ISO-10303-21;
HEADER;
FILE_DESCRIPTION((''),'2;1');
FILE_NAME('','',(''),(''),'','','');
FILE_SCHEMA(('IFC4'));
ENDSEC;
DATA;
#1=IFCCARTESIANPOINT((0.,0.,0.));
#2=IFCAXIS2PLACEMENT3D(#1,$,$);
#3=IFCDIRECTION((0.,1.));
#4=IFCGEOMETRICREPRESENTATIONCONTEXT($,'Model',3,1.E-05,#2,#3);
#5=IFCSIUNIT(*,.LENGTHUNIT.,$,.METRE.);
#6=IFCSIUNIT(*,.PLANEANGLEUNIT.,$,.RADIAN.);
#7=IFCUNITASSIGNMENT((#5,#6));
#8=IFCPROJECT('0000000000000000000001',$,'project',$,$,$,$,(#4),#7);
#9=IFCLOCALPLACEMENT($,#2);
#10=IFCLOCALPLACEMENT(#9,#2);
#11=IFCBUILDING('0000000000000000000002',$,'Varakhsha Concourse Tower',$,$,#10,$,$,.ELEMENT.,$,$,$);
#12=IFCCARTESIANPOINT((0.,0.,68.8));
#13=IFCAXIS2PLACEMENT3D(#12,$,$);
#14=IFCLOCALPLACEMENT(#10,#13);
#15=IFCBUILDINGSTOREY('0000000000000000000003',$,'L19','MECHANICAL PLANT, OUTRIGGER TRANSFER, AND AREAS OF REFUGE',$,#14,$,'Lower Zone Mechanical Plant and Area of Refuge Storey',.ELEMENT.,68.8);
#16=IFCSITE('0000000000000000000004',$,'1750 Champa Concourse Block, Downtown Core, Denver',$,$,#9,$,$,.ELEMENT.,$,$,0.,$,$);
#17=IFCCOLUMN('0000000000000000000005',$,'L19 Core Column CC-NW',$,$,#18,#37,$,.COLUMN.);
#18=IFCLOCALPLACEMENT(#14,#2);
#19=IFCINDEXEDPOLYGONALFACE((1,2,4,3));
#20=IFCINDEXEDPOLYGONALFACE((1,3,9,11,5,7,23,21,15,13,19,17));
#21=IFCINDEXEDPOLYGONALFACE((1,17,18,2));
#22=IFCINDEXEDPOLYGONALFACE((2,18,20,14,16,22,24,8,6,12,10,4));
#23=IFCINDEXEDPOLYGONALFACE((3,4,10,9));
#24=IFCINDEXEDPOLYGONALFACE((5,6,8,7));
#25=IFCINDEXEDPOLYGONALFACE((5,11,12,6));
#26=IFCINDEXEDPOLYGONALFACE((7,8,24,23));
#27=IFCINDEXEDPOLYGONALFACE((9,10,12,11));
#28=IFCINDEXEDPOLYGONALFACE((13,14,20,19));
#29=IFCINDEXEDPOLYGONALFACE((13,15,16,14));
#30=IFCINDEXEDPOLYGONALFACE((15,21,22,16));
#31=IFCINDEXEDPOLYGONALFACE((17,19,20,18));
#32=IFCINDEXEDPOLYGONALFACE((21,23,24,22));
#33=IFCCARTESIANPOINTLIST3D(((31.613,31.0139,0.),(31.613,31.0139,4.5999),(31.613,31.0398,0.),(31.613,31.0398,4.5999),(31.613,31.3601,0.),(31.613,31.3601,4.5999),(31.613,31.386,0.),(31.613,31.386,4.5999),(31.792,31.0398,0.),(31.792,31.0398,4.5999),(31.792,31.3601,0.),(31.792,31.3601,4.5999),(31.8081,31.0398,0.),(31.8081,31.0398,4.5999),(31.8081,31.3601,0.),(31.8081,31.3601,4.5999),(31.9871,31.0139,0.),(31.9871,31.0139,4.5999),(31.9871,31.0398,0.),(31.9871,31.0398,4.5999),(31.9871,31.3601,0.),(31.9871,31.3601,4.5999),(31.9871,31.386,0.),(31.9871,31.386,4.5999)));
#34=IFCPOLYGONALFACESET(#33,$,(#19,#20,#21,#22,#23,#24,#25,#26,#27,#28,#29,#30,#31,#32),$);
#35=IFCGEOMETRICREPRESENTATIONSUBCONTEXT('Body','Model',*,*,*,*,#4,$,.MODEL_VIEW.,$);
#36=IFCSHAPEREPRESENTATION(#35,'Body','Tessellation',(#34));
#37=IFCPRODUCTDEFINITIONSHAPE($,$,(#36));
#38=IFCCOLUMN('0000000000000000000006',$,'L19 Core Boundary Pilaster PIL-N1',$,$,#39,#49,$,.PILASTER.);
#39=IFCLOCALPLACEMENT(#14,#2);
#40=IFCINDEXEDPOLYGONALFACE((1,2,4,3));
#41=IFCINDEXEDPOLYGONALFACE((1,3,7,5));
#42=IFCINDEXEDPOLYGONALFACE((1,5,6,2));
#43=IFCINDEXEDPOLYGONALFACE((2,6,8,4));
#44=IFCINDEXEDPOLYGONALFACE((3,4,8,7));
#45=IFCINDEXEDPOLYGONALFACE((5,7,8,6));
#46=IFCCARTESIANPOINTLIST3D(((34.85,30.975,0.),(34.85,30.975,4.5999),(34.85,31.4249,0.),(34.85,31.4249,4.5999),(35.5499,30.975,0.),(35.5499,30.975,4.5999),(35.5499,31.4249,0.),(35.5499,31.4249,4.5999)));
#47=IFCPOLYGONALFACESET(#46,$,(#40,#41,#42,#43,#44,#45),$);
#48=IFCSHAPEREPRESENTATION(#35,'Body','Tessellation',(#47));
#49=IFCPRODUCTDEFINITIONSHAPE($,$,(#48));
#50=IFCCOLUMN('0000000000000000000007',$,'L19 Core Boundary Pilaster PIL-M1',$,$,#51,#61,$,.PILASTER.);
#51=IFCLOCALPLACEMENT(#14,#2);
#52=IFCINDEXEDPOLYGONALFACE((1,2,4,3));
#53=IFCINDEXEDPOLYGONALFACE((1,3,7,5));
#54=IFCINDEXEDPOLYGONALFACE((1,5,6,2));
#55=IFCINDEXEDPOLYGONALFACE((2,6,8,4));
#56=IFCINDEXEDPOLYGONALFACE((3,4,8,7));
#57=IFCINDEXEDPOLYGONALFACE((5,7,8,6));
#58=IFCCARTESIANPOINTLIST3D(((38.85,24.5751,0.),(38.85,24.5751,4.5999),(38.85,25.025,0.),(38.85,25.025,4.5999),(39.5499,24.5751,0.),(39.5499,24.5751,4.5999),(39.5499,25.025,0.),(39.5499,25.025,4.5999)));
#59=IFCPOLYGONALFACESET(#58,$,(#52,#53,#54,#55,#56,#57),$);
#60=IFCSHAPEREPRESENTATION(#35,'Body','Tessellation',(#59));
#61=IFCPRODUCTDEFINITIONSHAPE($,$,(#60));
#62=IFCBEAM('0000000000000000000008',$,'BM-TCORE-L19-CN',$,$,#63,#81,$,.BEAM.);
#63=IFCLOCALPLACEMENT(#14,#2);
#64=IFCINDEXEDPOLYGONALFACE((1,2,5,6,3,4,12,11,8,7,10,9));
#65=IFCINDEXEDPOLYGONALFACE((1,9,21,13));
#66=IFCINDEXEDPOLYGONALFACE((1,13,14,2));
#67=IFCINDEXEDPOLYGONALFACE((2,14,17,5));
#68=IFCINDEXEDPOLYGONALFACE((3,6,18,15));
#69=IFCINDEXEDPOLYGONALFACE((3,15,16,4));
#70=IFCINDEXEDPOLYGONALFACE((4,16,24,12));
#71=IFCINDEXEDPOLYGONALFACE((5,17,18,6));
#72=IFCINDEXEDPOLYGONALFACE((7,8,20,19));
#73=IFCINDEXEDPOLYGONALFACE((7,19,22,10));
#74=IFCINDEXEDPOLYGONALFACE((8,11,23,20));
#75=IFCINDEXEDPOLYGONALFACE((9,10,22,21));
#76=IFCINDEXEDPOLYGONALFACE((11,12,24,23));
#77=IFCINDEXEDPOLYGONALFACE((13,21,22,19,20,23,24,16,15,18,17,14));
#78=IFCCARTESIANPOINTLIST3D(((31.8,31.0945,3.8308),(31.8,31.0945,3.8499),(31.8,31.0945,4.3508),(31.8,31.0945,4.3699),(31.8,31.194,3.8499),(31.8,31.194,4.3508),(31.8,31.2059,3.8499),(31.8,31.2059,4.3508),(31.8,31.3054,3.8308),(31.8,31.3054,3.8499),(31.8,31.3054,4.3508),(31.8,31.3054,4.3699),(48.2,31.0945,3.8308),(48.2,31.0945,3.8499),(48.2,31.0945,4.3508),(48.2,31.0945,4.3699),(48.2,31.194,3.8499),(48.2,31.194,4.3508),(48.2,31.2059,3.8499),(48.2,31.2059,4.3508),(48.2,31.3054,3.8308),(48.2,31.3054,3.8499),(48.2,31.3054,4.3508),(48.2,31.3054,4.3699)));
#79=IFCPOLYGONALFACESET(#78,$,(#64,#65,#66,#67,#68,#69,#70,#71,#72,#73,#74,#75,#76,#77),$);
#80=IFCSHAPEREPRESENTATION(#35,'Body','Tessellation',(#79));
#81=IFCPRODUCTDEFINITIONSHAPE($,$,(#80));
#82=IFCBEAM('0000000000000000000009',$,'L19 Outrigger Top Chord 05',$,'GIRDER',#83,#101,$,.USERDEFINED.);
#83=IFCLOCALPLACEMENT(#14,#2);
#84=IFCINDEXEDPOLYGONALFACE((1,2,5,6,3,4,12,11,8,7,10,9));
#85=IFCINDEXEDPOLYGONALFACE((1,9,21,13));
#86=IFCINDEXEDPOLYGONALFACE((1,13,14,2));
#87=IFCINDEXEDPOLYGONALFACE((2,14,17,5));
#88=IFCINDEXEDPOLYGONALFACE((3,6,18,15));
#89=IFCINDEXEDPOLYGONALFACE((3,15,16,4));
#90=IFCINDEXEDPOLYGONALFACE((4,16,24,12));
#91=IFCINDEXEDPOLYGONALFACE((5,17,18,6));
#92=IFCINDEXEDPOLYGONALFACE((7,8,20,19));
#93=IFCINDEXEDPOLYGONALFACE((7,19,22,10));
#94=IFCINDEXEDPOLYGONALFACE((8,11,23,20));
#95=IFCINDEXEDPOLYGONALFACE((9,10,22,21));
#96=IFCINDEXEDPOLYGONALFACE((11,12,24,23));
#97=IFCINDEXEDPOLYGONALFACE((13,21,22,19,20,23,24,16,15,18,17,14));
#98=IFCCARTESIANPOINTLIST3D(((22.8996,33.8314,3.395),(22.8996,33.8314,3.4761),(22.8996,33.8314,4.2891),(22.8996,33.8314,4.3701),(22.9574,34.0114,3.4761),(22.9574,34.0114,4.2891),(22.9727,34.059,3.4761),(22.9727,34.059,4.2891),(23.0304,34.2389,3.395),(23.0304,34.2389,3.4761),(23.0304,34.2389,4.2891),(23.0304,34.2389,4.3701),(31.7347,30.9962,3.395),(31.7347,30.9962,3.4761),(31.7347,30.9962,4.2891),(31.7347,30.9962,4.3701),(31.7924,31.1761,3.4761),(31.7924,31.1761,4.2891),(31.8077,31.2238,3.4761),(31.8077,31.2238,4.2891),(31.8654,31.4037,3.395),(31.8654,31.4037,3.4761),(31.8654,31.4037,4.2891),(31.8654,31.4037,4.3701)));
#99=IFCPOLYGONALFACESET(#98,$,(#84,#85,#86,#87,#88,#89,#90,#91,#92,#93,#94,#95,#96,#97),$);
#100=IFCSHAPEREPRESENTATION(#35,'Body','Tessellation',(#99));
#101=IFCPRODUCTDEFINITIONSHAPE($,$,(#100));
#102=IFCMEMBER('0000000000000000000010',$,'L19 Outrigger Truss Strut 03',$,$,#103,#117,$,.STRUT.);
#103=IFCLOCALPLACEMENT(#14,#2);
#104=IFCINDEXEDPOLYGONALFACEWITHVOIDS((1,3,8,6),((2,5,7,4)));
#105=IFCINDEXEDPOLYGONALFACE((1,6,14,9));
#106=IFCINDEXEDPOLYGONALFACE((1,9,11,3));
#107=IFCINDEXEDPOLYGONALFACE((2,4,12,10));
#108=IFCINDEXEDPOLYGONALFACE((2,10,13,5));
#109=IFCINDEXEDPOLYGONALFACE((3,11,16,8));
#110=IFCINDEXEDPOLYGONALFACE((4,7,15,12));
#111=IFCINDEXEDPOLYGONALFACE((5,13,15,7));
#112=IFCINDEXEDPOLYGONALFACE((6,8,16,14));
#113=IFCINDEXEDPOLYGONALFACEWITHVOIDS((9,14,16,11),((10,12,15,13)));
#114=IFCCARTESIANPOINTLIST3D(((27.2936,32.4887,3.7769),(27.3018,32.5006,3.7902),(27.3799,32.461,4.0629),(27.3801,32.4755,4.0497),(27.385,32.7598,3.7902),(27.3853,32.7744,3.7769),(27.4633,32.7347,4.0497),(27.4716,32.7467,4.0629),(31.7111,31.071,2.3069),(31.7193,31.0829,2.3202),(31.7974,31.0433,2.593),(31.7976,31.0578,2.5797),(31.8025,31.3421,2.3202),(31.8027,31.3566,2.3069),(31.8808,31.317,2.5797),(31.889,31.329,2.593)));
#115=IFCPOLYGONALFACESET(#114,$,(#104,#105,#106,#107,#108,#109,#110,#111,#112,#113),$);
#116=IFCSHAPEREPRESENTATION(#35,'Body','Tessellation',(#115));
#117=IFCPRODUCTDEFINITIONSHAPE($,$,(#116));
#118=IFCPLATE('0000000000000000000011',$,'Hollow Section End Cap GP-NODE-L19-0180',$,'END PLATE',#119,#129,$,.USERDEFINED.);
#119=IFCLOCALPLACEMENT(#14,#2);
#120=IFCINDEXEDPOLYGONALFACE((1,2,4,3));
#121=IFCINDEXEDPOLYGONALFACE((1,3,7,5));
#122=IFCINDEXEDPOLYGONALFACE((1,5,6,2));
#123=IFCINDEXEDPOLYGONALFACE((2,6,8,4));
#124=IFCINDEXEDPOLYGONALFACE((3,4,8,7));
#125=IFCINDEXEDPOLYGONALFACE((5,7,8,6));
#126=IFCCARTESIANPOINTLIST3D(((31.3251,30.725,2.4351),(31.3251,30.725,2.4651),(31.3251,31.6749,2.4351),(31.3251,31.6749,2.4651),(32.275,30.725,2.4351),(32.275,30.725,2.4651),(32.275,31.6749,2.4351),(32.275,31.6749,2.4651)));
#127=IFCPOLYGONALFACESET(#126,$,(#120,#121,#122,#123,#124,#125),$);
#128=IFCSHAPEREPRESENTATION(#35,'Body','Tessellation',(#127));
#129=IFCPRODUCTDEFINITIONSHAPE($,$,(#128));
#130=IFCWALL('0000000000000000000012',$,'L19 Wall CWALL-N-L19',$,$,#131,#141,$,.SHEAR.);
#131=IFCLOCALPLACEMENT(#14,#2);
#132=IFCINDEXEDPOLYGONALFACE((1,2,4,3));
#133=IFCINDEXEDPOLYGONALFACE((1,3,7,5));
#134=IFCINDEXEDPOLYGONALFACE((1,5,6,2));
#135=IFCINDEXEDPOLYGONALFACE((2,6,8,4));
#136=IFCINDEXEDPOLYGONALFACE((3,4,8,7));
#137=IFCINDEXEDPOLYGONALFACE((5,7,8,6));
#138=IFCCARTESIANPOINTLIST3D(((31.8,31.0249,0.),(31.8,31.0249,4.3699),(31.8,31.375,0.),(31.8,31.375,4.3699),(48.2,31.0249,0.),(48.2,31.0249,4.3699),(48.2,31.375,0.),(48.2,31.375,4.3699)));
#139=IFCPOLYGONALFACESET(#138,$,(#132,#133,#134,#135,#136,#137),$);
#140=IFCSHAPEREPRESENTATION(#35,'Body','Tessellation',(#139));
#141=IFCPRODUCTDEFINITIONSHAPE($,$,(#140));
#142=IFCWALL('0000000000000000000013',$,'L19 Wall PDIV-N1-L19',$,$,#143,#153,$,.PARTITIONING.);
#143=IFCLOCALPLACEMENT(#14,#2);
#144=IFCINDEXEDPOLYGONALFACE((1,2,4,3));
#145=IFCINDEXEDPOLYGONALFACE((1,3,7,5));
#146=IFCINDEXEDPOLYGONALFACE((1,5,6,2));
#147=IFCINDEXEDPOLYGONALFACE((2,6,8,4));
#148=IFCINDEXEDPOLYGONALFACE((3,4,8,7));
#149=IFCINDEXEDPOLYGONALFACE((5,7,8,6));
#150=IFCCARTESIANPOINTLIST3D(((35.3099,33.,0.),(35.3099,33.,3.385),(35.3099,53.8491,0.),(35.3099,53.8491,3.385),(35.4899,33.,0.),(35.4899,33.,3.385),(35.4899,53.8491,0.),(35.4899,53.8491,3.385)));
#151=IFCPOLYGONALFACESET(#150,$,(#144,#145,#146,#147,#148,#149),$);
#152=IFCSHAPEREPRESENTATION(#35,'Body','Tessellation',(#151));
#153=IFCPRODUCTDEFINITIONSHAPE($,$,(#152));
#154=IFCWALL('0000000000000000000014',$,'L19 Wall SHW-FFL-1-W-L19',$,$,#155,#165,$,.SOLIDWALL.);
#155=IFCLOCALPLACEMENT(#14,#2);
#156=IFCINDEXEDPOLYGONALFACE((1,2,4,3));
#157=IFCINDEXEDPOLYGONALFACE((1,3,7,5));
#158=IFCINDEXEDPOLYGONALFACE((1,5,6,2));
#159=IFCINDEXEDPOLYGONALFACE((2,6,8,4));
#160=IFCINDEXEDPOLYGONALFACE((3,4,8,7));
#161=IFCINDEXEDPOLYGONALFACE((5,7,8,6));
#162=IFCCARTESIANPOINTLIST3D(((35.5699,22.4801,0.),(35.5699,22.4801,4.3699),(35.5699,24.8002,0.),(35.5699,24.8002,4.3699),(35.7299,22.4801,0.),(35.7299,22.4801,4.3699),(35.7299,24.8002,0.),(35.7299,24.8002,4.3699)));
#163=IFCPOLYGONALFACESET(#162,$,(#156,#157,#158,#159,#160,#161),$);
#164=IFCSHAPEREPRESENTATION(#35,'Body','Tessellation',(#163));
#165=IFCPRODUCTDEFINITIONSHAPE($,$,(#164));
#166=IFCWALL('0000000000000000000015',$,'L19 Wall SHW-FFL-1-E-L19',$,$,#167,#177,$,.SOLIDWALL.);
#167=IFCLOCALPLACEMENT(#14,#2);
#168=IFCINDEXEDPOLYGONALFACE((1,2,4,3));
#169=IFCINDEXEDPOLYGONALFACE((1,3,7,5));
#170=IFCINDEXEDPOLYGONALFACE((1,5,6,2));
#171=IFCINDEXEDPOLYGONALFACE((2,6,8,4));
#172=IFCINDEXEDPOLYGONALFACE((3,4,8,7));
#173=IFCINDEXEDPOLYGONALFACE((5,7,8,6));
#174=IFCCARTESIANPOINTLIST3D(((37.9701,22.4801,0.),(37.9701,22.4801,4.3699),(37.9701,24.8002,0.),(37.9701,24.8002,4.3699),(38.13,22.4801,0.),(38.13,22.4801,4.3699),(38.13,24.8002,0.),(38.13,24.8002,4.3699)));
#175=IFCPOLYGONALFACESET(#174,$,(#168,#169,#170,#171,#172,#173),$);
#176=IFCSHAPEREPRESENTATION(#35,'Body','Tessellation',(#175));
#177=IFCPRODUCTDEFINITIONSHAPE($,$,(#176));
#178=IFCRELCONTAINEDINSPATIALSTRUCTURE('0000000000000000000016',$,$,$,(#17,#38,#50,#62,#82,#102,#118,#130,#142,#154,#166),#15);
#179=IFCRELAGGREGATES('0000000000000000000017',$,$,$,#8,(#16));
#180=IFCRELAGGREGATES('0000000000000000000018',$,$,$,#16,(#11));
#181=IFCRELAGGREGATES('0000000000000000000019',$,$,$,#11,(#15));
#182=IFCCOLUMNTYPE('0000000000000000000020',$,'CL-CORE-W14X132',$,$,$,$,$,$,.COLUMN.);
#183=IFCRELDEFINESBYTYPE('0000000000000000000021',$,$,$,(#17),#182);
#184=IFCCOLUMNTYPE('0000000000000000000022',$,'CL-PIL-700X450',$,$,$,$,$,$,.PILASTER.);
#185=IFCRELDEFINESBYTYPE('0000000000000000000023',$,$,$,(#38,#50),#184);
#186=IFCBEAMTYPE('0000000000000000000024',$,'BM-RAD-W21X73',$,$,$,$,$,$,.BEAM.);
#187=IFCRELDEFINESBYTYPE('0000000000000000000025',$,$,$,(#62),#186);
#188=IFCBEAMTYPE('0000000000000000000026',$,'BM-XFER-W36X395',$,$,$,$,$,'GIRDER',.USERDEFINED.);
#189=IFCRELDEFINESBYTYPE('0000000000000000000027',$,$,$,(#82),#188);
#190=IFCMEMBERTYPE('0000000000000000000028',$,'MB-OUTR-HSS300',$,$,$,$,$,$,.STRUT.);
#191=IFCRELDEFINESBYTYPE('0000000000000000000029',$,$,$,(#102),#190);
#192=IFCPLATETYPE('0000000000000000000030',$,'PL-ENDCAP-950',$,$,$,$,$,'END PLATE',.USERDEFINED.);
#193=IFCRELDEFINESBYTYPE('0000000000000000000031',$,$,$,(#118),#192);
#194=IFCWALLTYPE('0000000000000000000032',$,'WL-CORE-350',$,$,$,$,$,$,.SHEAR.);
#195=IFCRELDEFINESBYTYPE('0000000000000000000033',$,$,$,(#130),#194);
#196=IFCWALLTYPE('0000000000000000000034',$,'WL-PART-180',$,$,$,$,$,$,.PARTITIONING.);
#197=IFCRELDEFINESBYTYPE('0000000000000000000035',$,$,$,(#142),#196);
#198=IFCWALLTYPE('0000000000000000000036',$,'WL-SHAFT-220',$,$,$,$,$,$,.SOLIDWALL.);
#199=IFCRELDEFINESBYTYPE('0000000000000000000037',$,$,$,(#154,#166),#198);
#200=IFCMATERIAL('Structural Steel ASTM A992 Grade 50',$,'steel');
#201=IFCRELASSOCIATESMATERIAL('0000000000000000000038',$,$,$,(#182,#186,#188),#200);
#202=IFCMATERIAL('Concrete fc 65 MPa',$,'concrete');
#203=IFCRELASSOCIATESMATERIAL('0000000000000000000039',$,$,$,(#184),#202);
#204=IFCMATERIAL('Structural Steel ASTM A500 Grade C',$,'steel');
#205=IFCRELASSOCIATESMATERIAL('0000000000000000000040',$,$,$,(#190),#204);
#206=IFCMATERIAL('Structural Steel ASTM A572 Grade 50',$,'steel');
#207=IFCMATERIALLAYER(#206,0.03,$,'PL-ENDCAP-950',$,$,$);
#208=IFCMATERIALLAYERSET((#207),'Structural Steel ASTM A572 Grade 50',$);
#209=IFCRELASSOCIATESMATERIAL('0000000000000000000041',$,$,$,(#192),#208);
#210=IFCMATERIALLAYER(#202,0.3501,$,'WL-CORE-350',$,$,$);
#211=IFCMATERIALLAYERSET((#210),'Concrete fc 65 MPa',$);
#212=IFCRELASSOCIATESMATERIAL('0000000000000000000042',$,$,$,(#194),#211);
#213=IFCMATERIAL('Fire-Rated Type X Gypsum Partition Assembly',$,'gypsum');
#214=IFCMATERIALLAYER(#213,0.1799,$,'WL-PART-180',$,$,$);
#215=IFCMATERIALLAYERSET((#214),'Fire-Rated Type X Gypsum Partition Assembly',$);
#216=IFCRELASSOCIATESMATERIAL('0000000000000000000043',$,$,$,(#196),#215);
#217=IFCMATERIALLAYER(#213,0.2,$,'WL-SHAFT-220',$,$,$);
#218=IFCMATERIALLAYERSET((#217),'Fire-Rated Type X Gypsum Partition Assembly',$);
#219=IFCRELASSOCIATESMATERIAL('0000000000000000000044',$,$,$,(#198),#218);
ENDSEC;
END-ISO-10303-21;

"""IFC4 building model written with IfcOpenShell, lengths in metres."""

from ifc_helpers import new_model, si_unit, direction, frame, frame_2d, origin, origin_2d, place, context, subcontext, project, spatial, rectangle, hollow_rectangle, i_section, extrude, source, transform, mapped, material, layer, layer_set, material_profile, profile_set, type_object, type_shapes, element, save


model = new_model("IFC4")

# Units and contexts
model_context = context("Model", 3, precision=1e-05, world=origin(), true_north=direction((0.0, 1.0)))
body_context = subcontext(model_context, "Body", "Model", "MODEL_VIEW")
ifc_project = project(units=[si_unit("LENGTHUNIT", "METRE"), si_unit("PLANEANGLEUNIT", "RADIAN")], contexts=[model_context])

# Site, building, storey
site_placement = place(None, origin())
site = spatial("IfcSite", under=ifc_project, at=site_placement, Name="1750 Champa Concourse Block, Downtown Core, Denver", CompositionType="ELEMENT", RefElevation=0.0)
building_placement = place(site_placement, origin())
building = spatial("IfcBuilding", under=site, at=building_placement, Name="Varakhsha Concourse Tower", CompositionType="ELEMENT")
storey_placement = place(building_placement, frame((0.0, 0.0, 68.8)))
storey = spatial("IfcBuildingStorey", under=building, at=storey_placement, Name="L19", Description="MECHANICAL PLANT, OUTRIGGER TRANSFER, AND AREAS OF REFUGE", LongName="Lower Zone Mechanical Plant and Area of Refuge Storey", CompositionType="ELEMENT", Elevation=68.8)

# Columns
ifc_material_1 = material(Name="Structural Steel ASTM A992 Grade 50", Category="steel")
ifc_material_profile_1 = material_profile(ifc_material_1, i_section(OverallWidth=0.374, OverallDepth=0.3721, WebThickness=0.0161, FlangeThickness=0.0259, at=origin_2d()), Name="W14X132")
ifc_profile_set_1 = profile_set([ifc_material_profile_1], Name="Structural Steel ASTM A992 Grade 50")
column_type_1 = type_object("IfcColumnType", Name="CL-CORE-W14X132", PredefinedType="COLUMN", material=ifc_profile_set_1)
column_placement = place(storey_placement, frame((31.8, 31.2, 0.0), z_axis=(0.0, 0.0, 1.0), x_axis=(1.0, 0.0, 0.0)))
element("IfcColumn", 1, at=column_placement, inside=storey, type_object=column_type_1, Name="L19 Core Column CC-NW", PredefinedType="COLUMN", context=body_context, shape_type="SweptSolid", body=[
    extrude(i_section(OverallWidth=0.374, OverallDepth=0.3721, WebThickness=0.0161, FlangeThickness=0.0259, at=origin_2d()), origin(), (0.0, 0.0, 1.0), 4.5999),
])
ifc_material_2 = material(Name="Concrete fc 65 MPa", Category="concrete")
ifc_material_profile_2 = material_profile(ifc_material_2, rectangle(XDim=0.7, YDim=0.45, at=origin_2d()), Name="RC 700x450")
ifc_profile_set_2 = profile_set([ifc_material_profile_2], Name="Concrete fc 65 MPa")
column_type_2 = type_object("IfcColumnType", Name="CL-PIL-700X450", PredefinedType="PILASTER", material=ifc_profile_set_2)
for number, where, z_axis, x_axis, name in (
    (2, (35.2, 31.2, 0.0), (0.0, 0.0, 1.0), (1.0, 0.0, 0.0), "L19 Core Boundary Pilaster PIL-N1"),
    (3, (39.2, 24.8, 0.0), (0.0, 0.0, 1.0), (1.0, 0.0, 0.0), "L19 Core Boundary Pilaster PIL-M1"),
):
    element("IfcColumn", number, at=place(storey_placement, frame(where, z_axis=z_axis, x_axis=x_axis)), inside=storey, type_object=column_type_2, Name=name, PredefinedType="PILASTER", context=body_context, shape_type="SweptSolid", body=[
        extrude(rectangle(XDim=0.7, YDim=0.45, at=origin_2d()), origin(), (0.0, 0.0, 1.0), 4.5999),
    ])

# Beams
ifc_material_profile_3 = material_profile(ifc_material_1, i_section(OverallWidth=0.2109, OverallDepth=0.5391, WebThickness=0.012, FlangeThickness=0.019, at=origin_2d()), Name="W21X73")
ifc_profile_set_3 = profile_set([ifc_material_profile_3], Name="Structural Steel ASTM A992 Grade 50")
beam_type_1 = type_object("IfcBeamType", Name="BM-RAD-W21X73", PredefinedType="BEAM", material=ifc_profile_set_3)
beam_1_placement = place(storey_placement, frame((31.8, 31.2, 4.1003), z_axis=(1.0, 0.0, 0.0), x_axis=(0.0, 1.0, 0.0)))
element("IfcBeam", 4, at=beam_1_placement, inside=storey, type_object=beam_type_1, Name="BM-TCORE-L19-CN", PredefinedType="BEAM", context=body_context, shape_type="SweptSolid", body=[
    extrude(i_section(OverallWidth=0.2109, OverallDepth=0.5391, WebThickness=0.012, FlangeThickness=0.019, at=origin_2d()), origin(), (0.0, 0.0, 1.0), 16.3999),
])
ifc_material_profile_4 = material_profile(ifc_material_1, i_section(OverallWidth=0.428, OverallDepth=0.9751, WebThickness=0.05, FlangeThickness=0.0811, at=origin_2d()), Name="W36X395")
ifc_profile_set_4 = profile_set([ifc_material_profile_4], Name="Structural Steel ASTM A992 Grade 50")
beam_type_2 = type_object("IfcBeamType", Name="BM-XFER-W36X395", ElementType="GIRDER", PredefinedType="USERDEFINED", material=ifc_profile_set_4)
beam_2_placement = place(storey_placement, frame((31.8, 31.2, 3.8826), z_axis=(-0.952173, 0.305559, 0.0), x_axis=(-0.305559, -0.952173, 0.0)))
element("IfcBeam", 5, at=beam_2_placement, inside=storey, type_object=beam_type_2, Name="L19 Outrigger Top Chord 05", ObjectType="GIRDER", PredefinedType="USERDEFINED", context=body_context, shape_type="SweptSolid", body=[
    extrude(i_section(OverallWidth=0.428, OverallDepth=0.9751, WebThickness=0.05, FlangeThickness=0.0811, at=origin_2d()), origin(), (0.0, 0.0, 1.0), 9.2788),
])

# Member
ifc_material_3 = material(Name="Structural Steel ASTM A500 Grade C", Category="steel")
ifc_material_profile_5 = material_profile(ifc_material_3, hollow_rectangle(XDim=0.3, YDim=0.3, WallThickness=0.0139, at=origin_2d()), Name="HSS 300x300x14")
ifc_profile_set_5 = profile_set([ifc_material_profile_5], Name="Structural Steel ASTM A500 Grade C")
member_type = type_object("IfcMemberType", Name="MB-OUTR-HSS300", PredefinedType="STRUT", material=ifc_profile_set_5)
shared_shape_1 = source(origin(), body_context, "Body", "SweptSolid", [
    extrude(hollow_rectangle(XDim=0.3, YDim=0.3, WallThickness=0.0139, at=origin_2d()), origin(), (0.0, 0.0, 1.0), 4.8667),
])
type_shapes(member_type, [shared_shape_1])
member_placement = place(storey_placement, frame((31.8, 31.2, 2.45), z_axis=(-0.907693, 0.291311, 0.302046), x_axis=(-0.305583, -0.952165, 0.0)))
element("IfcMember", 6, at=member_placement, inside=storey, type_object=member_type, Name="L19 Outrigger Truss Strut 03", PredefinedType="STRUT", context=body_context, shape_type="MappedRepresentation", body=[
    mapped(shared_shape_1, transform((0.0, 0.0, 0.0), scale=1.0)),
])

# Plate
ifc_material_4 = material(Name="Structural Steel ASTM A572 Grade 50", Category="steel")
ifc_layer_1 = layer(ifc_material_4, 0.03, Name="PL-ENDCAP-950")
ifc_layer_set_1 = layer_set([ifc_layer_1], Name="Structural Steel ASTM A572 Grade 50")
plate_type = type_object("IfcPlateType", Name="PL-ENDCAP-950", ElementType="END PLATE", PredefinedType="USERDEFINED", material=ifc_layer_set_1)
shared_shape_2 = source(origin(), body_context, "Body", "SweptSolid", [
    extrude(rectangle(XDim=0.95, YDim=0.95, at=origin_2d()), origin(), (0.0, 0.0, 1.0), 0.03),
])
type_shapes(plate_type, [shared_shape_2])
plate_placement = place(storey_placement, frame((31.8, 31.2, 2.4351), z_axis=(0.0, 0.0, 1.0), x_axis=(1.0, 0.0, 0.0)))
element("IfcPlate", 7, at=plate_placement, inside=storey, type_object=plate_type, Name="Hollow Section End Cap GP-NODE-L19-0180", ObjectType="END PLATE", PredefinedType="USERDEFINED", context=body_context, shape_type="MappedRepresentation", body=[
    mapped(shared_shape_2, transform((0.0, 0.0, 0.0), scale=1.0)),
])

# Walls
ifc_layer_2 = layer(ifc_material_2, 0.3501, Name="WL-CORE-350")
ifc_layer_set_2 = layer_set([ifc_layer_2], Name="Concrete fc 65 MPa")
wall_type_1 = type_object("IfcWallType", Name="WL-CORE-350", PredefinedType="SHEAR", material=ifc_layer_set_2)
wall_1_placement = place(storey_placement, frame((31.8, 31.2, 0.0), z_axis=(0.0, 0.0, 1.0), x_axis=(1.0, 0.0, 0.0)))
element("IfcWall", 8, at=wall_1_placement, inside=storey, type_object=wall_type_1, Name="L19 Wall CWALL-N-L19", PredefinedType="SHEAR", context=body_context, shape_type="SweptSolid", body=[
    extrude(rectangle(XDim=16.3999, YDim=0.3501, at=frame_2d((8.2, 0.0))), origin(), (0.0, 0.0, 1.0), 4.3699),
])
ifc_material_5 = material(Name="Fire-Rated Type X Gypsum Partition Assembly", Category="gypsum")
ifc_layer_3 = layer(ifc_material_5, 0.1799, Name="WL-PART-180")
ifc_layer_set_3 = layer_set([ifc_layer_3], Name="Fire-Rated Type X Gypsum Partition Assembly")
wall_type_2 = type_object("IfcWallType", Name="WL-PART-180", PredefinedType="PARTITIONING", material=ifc_layer_set_3)
wall_2_placement = place(storey_placement, frame((35.3999, 33.0, 0.0), z_axis=(0.0, 0.0, 1.0), x_axis=(0.0, 1.0, 0.0)))
element("IfcWall", 9, at=wall_2_placement, inside=storey, type_object=wall_type_2, Name="L19 Wall PDIV-N1-L19", PredefinedType="PARTITIONING", context=body_context, shape_type="SweptSolid", body=[
    extrude(rectangle(XDim=20.8491, YDim=0.1799, at=frame_2d((10.4246, 0.0))), origin(), (0.0, 0.0, 1.0), 3.385),
])

# Shared definitions
ifc_layer_4 = layer(ifc_material_5, 0.2, Name="WL-SHAFT-220")
ifc_layer_set_4 = layer_set([ifc_layer_4], Name="Fire-Rated Type X Gypsum Partition Assembly")
wall_type_3 = type_object("IfcWallType", Name="WL-SHAFT-220", PredefinedType="SOLIDWALL", material=ifc_layer_set_4)

# Walls
for number, where, z_axis, x_axis, name in (
    (10, (35.6499, 22.48, 0.0), (0.0, 0.0, 1.0), (0.0, 1.0, 0.0), "L19 Wall SHW-FFL-1-W-L19"),
    (11, (38.05, 22.48, 0.0), (0.0, 0.0, 1.0), (0.0, 1.0, 0.0), "L19 Wall SHW-FFL-1-E-L19"),
):
    element("IfcWall", number, at=place(storey_placement, frame(where, z_axis=z_axis, x_axis=x_axis)), inside=storey, type_object=wall_type_3, Name=name, PredefinedType="SOLIDWALL", context=body_context, shape_type="SweptSolid", body=[
        extrude(rectangle(XDim=2.3201, YDim=0.1599, at=frame_2d((1.1602, 0.0))), origin(), (0.0, 0.0, 1.0), 4.3699),
    ])

save(model, "model.ifc")
